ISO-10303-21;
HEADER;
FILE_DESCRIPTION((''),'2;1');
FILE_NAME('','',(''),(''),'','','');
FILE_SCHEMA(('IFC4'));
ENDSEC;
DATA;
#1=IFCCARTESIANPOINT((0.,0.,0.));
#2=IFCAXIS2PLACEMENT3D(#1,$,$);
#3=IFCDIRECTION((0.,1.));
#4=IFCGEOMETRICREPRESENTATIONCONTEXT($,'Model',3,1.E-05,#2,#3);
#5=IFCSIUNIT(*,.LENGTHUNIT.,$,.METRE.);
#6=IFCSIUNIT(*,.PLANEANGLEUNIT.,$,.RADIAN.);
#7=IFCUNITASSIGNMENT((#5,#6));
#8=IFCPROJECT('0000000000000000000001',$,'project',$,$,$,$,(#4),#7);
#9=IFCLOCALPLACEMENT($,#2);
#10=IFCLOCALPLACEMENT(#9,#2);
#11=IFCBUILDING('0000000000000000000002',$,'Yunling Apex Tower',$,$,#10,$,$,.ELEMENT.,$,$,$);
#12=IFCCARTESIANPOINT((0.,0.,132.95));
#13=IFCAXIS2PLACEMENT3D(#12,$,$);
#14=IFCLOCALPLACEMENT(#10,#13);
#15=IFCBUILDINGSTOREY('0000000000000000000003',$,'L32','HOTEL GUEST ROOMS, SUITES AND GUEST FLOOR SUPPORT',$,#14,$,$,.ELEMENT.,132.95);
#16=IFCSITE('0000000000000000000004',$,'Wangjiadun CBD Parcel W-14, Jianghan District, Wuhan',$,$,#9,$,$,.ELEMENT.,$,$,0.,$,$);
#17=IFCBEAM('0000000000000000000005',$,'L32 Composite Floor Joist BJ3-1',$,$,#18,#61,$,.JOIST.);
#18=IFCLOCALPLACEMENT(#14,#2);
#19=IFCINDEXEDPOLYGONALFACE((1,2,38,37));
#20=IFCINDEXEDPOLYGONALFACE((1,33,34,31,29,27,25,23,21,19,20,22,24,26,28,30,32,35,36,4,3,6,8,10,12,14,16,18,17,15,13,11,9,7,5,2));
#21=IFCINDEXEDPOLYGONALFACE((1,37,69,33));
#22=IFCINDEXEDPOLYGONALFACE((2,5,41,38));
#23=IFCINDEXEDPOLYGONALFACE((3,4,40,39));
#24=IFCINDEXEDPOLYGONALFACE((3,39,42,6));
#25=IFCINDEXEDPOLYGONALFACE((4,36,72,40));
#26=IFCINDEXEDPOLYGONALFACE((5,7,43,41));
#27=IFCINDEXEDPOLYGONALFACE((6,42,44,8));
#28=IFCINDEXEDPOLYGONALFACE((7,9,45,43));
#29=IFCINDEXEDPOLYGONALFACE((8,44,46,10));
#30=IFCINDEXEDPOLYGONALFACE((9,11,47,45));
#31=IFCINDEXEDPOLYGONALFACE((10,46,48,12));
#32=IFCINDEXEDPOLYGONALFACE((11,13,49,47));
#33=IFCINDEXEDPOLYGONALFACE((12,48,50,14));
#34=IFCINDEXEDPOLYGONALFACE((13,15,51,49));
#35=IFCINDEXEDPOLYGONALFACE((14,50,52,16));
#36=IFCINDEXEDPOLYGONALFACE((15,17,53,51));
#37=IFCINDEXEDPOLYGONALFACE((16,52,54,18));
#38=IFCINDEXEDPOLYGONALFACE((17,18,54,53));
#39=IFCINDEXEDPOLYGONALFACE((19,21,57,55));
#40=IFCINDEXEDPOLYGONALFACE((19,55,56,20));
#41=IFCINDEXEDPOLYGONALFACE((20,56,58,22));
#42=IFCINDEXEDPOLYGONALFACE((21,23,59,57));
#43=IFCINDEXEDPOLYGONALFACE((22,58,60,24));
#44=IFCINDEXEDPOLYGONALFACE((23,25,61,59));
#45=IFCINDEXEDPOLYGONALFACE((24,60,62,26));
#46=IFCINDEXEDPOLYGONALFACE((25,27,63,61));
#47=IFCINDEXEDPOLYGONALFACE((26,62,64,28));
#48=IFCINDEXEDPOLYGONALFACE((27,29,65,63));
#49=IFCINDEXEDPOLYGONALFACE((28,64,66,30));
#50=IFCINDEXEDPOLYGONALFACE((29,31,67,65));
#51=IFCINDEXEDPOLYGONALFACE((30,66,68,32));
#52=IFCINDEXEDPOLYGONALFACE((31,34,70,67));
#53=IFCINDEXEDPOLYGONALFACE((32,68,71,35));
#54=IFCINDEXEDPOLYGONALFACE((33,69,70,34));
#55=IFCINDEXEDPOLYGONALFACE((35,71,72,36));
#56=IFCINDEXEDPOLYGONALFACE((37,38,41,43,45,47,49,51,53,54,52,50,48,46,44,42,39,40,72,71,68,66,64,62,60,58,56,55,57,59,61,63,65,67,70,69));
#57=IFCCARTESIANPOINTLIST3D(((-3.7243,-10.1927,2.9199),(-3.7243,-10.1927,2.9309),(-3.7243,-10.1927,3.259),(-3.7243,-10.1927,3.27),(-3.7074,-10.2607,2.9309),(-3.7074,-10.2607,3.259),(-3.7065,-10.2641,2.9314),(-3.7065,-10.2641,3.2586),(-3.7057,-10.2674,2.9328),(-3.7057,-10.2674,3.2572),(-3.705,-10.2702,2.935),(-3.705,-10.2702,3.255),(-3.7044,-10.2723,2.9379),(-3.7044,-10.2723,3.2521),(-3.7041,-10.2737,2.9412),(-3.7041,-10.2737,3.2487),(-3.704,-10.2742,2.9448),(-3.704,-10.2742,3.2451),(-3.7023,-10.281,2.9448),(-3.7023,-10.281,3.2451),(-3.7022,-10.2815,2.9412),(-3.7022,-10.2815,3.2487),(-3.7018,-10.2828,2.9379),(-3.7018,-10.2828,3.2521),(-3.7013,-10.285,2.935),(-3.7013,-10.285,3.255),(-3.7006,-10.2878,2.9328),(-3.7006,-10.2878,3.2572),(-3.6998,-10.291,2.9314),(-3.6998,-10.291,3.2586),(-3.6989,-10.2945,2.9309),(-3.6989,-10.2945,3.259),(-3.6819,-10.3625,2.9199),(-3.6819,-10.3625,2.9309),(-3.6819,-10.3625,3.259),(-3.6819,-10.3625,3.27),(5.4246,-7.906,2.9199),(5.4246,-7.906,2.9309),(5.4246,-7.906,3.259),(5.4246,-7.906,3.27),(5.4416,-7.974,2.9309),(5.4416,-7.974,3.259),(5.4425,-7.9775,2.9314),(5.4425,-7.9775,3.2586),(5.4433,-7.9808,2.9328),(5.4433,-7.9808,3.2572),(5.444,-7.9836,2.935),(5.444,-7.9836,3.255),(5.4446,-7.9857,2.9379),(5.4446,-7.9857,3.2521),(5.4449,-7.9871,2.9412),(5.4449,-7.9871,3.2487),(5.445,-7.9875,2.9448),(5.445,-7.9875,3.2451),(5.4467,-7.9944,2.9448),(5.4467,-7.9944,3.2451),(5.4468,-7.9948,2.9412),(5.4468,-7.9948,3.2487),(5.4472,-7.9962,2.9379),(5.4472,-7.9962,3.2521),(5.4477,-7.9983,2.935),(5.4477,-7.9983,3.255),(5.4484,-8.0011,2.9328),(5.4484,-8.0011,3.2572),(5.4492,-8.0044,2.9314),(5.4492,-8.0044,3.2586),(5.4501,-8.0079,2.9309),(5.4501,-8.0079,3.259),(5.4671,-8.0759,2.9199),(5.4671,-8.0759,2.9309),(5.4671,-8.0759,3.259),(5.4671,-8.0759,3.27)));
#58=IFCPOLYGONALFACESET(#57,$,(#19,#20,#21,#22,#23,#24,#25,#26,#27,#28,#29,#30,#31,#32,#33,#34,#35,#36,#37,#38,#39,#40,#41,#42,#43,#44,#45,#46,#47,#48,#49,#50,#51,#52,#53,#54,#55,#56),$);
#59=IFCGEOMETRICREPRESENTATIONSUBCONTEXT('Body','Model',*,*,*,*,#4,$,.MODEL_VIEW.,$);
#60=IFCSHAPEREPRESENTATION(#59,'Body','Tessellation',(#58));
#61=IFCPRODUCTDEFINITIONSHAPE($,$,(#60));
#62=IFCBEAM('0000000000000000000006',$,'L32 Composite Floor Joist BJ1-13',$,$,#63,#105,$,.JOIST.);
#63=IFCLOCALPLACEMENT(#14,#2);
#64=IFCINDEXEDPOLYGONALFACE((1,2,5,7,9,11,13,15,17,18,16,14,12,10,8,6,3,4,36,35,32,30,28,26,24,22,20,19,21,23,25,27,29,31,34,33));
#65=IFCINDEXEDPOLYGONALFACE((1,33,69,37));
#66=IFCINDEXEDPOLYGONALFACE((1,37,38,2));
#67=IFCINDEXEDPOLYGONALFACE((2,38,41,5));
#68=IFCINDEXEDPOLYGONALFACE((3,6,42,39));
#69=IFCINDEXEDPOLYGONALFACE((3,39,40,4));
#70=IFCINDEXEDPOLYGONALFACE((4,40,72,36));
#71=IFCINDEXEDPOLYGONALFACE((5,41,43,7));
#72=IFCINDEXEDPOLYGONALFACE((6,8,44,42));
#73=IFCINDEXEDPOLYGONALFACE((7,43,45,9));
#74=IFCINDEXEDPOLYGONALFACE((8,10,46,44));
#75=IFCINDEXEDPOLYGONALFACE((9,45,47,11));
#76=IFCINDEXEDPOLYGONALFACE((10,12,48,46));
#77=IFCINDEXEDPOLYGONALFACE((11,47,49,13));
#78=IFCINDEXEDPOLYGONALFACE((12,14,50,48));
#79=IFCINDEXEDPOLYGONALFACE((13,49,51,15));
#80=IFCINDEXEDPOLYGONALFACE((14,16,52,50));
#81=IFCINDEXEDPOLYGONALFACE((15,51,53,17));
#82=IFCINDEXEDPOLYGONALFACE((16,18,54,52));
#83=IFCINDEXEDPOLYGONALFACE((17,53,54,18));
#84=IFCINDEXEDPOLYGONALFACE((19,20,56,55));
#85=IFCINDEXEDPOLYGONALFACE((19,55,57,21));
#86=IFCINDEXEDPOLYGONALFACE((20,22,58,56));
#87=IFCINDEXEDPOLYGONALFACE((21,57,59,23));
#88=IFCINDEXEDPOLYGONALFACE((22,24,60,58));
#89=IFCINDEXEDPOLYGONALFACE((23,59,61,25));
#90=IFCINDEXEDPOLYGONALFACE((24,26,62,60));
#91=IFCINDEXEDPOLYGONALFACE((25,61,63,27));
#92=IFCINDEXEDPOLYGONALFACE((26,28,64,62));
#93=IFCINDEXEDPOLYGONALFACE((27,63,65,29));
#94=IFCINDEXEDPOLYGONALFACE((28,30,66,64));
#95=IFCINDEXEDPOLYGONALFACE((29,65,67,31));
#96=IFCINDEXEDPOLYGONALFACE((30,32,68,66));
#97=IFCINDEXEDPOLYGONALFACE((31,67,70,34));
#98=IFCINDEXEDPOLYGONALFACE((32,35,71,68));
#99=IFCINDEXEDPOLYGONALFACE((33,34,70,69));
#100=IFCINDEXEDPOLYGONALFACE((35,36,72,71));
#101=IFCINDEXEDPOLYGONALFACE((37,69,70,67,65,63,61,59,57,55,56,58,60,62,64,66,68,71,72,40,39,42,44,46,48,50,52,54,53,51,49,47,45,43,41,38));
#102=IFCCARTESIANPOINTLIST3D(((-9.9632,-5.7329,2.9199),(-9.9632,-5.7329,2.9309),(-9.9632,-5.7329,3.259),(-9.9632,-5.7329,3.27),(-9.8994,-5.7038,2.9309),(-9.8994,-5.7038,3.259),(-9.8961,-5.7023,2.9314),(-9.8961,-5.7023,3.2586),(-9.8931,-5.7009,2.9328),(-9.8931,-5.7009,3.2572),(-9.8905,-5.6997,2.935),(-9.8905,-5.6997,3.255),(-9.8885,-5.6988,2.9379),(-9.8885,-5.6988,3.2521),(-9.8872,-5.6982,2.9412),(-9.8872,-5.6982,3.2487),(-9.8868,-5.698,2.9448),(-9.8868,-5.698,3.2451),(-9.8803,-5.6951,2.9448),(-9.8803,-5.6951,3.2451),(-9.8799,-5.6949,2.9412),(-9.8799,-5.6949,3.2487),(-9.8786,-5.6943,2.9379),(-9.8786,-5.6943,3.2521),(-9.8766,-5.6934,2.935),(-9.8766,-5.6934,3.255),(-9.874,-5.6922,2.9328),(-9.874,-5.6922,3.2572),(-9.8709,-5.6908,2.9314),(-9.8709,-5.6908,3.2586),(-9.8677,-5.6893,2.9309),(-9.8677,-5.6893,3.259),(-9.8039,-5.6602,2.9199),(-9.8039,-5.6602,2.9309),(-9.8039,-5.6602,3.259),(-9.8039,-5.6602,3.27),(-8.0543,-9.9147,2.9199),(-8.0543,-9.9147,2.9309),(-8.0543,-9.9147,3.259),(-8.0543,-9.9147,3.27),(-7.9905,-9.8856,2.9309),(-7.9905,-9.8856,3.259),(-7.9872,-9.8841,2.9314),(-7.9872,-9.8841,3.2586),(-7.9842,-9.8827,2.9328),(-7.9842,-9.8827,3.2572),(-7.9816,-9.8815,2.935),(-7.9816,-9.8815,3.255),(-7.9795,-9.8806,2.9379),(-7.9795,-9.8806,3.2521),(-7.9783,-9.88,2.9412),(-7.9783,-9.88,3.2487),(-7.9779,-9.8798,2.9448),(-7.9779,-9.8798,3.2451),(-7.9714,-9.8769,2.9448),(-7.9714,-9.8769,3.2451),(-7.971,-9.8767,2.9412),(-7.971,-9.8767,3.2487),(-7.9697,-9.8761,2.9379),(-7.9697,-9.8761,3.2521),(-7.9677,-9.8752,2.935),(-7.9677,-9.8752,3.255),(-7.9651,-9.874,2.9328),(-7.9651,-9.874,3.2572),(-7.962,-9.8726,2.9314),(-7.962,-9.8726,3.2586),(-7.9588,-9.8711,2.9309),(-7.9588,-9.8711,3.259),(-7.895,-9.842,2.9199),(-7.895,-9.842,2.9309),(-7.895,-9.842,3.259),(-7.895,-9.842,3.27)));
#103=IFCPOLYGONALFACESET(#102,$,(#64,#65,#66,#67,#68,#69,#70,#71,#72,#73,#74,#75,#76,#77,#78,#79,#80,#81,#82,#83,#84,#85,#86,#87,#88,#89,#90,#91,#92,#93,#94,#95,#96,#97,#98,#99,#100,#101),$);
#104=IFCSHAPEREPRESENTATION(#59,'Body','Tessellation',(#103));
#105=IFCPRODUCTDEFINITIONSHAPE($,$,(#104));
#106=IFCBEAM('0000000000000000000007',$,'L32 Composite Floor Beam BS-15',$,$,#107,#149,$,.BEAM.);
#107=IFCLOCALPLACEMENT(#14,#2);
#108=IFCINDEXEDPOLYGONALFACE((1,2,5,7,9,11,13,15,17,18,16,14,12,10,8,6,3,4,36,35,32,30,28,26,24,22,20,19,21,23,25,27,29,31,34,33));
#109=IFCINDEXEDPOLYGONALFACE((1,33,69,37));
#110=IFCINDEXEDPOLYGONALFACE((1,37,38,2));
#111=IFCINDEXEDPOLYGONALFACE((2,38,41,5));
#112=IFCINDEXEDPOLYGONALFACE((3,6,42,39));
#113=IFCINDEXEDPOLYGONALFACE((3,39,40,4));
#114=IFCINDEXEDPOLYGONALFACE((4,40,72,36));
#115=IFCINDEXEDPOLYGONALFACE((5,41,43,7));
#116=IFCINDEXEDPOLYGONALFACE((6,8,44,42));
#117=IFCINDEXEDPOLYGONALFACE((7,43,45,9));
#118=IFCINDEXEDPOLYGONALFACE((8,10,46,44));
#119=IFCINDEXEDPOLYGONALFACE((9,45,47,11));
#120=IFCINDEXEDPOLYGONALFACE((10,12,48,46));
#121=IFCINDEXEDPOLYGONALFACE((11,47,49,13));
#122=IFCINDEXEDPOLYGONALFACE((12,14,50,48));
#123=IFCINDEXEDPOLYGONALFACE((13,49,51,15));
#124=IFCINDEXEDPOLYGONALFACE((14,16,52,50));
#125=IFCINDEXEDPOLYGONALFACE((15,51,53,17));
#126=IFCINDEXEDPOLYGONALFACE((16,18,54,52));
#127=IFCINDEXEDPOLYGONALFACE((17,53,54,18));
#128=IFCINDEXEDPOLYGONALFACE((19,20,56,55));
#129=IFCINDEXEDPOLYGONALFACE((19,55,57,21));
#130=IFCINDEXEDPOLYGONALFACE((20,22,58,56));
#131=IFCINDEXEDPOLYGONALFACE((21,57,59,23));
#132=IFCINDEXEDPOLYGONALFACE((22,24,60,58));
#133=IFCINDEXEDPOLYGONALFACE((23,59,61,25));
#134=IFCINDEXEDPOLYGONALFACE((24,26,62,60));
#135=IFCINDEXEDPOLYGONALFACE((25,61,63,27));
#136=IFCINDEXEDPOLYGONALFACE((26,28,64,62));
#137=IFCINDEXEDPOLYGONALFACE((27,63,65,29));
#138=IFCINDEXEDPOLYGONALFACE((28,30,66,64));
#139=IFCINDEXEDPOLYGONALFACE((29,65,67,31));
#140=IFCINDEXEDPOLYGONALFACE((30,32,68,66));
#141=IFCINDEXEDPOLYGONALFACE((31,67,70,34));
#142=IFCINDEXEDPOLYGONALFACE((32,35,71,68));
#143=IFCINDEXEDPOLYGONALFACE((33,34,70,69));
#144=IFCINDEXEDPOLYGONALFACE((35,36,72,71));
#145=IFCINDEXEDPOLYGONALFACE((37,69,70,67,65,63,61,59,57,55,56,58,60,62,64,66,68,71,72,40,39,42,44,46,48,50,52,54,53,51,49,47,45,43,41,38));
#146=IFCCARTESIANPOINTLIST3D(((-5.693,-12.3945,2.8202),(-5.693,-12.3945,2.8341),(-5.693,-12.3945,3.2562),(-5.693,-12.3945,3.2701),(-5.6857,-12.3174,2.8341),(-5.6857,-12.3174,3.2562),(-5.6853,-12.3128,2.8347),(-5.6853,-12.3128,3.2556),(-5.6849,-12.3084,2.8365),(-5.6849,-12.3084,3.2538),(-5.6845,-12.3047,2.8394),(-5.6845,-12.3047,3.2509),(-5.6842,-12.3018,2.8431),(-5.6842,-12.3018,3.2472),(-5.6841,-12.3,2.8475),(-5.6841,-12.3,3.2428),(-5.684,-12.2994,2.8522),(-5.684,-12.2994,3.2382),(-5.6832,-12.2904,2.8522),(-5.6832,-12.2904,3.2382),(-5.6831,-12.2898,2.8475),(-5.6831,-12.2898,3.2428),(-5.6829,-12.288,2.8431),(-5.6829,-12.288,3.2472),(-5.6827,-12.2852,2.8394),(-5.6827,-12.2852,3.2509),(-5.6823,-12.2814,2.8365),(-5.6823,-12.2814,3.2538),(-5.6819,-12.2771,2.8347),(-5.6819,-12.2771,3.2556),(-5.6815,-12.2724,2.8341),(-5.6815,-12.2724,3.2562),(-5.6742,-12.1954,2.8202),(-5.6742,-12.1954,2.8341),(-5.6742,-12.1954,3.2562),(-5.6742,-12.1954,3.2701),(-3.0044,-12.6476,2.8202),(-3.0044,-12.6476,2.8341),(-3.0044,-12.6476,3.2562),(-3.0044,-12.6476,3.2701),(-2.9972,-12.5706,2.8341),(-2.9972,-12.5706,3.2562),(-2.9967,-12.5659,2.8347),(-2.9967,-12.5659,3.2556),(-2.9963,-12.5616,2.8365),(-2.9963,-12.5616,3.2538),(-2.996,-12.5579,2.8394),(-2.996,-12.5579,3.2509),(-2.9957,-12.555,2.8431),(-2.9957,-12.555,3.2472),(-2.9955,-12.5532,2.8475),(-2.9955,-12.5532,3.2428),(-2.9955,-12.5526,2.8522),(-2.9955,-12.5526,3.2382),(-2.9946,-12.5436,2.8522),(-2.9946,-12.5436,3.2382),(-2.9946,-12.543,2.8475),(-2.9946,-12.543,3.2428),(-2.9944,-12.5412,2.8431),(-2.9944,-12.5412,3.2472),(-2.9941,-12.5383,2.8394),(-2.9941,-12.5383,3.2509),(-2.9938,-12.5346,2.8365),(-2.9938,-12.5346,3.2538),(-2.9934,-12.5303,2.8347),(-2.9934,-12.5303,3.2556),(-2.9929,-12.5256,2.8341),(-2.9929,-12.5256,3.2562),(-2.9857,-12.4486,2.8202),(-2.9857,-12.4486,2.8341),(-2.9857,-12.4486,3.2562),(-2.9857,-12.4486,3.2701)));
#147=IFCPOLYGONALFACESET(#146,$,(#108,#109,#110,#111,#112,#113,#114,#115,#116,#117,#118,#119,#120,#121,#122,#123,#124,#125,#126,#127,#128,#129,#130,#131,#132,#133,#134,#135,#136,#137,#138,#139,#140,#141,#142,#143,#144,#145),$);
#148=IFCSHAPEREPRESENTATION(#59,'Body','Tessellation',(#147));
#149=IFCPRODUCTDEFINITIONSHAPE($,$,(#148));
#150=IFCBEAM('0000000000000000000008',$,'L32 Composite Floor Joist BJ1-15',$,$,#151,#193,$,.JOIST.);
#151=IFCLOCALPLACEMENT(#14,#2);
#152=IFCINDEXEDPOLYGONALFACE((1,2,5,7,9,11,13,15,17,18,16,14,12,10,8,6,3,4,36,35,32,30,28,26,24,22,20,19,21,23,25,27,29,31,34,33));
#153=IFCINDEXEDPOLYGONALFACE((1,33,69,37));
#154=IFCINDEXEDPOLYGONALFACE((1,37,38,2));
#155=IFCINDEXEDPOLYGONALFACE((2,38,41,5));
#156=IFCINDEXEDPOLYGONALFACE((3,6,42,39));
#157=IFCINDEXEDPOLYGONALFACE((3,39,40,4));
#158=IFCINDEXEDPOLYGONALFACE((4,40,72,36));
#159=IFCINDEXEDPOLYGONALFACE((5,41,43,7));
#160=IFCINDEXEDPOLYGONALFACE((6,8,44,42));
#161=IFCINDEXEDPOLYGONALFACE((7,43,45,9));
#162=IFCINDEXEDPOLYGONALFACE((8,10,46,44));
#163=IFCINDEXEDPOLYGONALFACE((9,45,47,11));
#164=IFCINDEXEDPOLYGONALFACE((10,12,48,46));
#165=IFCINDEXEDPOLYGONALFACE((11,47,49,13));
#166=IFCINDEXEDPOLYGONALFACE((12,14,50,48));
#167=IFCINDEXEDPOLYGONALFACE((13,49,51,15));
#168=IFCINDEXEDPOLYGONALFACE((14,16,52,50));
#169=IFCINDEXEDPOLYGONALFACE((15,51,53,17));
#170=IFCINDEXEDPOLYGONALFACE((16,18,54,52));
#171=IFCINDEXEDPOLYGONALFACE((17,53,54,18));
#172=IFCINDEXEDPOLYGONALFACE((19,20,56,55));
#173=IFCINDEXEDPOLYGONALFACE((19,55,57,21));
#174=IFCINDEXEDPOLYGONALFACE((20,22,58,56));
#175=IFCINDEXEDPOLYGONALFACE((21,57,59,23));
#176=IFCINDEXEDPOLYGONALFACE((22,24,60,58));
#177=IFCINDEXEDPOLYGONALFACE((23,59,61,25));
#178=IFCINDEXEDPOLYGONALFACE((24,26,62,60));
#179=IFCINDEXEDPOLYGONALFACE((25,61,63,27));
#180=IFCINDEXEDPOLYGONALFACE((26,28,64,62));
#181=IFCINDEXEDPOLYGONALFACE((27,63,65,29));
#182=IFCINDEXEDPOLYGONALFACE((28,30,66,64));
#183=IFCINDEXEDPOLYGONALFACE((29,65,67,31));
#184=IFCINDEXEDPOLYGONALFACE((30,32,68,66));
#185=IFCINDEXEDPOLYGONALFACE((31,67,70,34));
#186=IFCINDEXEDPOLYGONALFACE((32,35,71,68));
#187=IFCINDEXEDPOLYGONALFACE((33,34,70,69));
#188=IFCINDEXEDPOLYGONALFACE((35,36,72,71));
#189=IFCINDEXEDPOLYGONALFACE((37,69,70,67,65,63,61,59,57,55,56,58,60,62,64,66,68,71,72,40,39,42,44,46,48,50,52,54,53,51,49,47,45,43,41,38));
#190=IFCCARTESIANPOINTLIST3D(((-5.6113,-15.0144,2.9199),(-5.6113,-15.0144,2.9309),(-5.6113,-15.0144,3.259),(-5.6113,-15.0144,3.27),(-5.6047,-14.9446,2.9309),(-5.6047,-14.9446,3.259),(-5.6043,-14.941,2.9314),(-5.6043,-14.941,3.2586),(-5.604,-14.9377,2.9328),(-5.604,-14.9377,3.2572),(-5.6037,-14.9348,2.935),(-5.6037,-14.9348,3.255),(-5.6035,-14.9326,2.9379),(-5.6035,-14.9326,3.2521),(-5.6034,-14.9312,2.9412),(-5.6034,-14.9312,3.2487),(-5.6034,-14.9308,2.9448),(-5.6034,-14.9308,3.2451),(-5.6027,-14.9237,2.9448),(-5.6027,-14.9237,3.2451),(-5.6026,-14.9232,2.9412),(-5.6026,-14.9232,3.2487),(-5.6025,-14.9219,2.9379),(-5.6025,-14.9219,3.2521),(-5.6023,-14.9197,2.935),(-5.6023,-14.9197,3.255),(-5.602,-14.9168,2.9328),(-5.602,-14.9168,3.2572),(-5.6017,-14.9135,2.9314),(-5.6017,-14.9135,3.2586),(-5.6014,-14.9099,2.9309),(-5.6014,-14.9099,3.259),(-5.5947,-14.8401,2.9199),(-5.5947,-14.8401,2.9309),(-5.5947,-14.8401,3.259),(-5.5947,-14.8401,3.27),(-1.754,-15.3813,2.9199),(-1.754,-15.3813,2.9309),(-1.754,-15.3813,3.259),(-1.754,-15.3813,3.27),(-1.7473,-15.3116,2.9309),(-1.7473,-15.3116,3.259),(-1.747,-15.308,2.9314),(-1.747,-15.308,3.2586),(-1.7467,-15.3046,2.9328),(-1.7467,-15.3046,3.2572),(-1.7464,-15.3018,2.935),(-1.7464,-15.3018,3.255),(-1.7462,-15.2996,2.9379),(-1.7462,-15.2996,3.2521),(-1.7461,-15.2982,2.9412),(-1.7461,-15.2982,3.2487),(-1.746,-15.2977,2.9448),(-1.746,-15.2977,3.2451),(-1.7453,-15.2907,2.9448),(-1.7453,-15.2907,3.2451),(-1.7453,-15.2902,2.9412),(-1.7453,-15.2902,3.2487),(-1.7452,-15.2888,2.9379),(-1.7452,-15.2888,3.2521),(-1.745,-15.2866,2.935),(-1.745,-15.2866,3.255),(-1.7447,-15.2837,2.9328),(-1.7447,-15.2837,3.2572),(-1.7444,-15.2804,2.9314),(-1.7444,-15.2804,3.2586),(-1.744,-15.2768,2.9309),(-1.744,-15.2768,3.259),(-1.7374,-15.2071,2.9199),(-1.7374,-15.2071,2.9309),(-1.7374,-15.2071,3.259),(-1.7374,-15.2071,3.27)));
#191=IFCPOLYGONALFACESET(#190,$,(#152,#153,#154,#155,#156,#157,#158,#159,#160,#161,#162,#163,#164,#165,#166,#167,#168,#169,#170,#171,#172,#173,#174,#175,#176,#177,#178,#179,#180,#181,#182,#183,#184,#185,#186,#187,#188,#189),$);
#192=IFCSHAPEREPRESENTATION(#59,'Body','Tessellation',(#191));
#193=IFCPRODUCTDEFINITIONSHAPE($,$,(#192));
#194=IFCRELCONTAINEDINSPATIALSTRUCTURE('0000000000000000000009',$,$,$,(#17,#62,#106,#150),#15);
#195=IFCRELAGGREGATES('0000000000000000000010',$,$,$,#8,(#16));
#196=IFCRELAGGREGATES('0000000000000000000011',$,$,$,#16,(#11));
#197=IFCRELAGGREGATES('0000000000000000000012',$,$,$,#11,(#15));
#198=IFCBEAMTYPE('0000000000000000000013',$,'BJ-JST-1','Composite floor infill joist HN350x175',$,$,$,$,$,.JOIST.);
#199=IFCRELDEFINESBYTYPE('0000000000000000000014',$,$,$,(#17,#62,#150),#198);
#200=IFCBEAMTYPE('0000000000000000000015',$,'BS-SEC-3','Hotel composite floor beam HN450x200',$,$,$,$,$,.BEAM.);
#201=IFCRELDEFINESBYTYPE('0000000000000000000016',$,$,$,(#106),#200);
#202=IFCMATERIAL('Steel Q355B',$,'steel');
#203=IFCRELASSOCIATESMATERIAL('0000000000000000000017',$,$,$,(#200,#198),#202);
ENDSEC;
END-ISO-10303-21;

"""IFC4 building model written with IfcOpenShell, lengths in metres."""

from ifc_helpers import new_model, si_unit, direction, frame, origin, origin_2d, place, context, subcontext, project, spatial, i_section, extrude, source, transform, mapped, material, material_profile, profile_set, type_object, element, save


model = new_model("IFC4")

# Units and contexts
model_context = context("Model", 3, precision=1e-05, world=origin(), true_north=direction((0.0, 1.0)))
body_context = subcontext(model_context, "Body", "Model", "MODEL_VIEW")
ifc_project = project(units=[si_unit("LENGTHUNIT", "METRE"), si_unit("PLANEANGLEUNIT", "RADIAN")], contexts=[model_context])

# Site, building, storey
site_placement = place(None, origin())
site = spatial("IfcSite", under=ifc_project, at=site_placement, Name="Wangjiadun CBD Parcel W-14, Jianghan District, Wuhan", CompositionType="ELEMENT", RefElevation=0.0)
building_placement = place(site_placement, origin())
building = spatial("IfcBuilding", under=site, at=building_placement, Name="Yunling Apex Tower", CompositionType="ELEMENT")
storey_placement = place(building_placement, frame((0.0, 0.0, 132.95)))
storey = spatial("IfcBuildingStorey", under=building, at=storey_placement, Name="L32", Description="HOTEL GUEST ROOMS, SUITES AND GUEST FLOOR SUPPORT", CompositionType="ELEMENT", Elevation=132.95)

# Beams
ifc_material_1 = material(Name="Steel Q355B", Category="steel")
ifc_material_profile_1 = material_profile(ifc_material_1, i_section(OverallWidth=0.2, OverallDepth=0.45, WebThickness=0.009, FlangeThickness=0.0139, FilletRadius=0.0181, at=origin_2d()))
ifc_profile_set_1 = profile_set([ifc_material_profile_1], Name="Steel Q355B")
beam_type_1 = type_object("IfcBeamType", Name="BS-SEC-3", Description="Hotel composite floor beam HN450x200", PredefinedType="BEAM", material=ifc_profile_set_1)
ifc_material_profile_2 = material_profile(ifc_material_1, i_section(OverallWidth=0.175, OverallDepth=0.3501, WebThickness=0.0071, FlangeThickness=0.011, FilletRadius=0.0139, at=origin_2d()))
ifc_profile_set_2 = profile_set([ifc_material_profile_2], Name="Steel Q355B")
beam_type_2 = type_object("IfcBeamType", Name="BJ-JST-1", Description="Composite floor infill joist HN350x175", PredefinedType="JOIST", material=ifc_profile_set_2)
shared_shape_1 = source(origin(), body_context, "Body", "SweptSolid", [
    extrude(i_section(OverallWidth=0.175, OverallDepth=0.3501, WebThickness=0.0071, FlangeThickness=0.011, FilletRadius=0.0139, at=origin_2d()), origin(), (0.0, 0.0, 1.0), 9.4304),
])
beam_1_placement = place(storey_placement, frame((-3.7031, -10.2776, 3.095), z_axis=(0.970158, 0.242475, 0.0), x_axis=(-0.242475, 0.970158, 0.0)))
element("IfcBeam", 1, at=beam_1_placement, inside=storey, type_object=beam_type_2, Name="L32 Composite Floor Joist BJ3-1", PredefinedType="JOIST", context=body_context, shape_type="MappedRepresentation", body=[
    mapped(shared_shape_1, transform((0.0, 0.0, 0.0), scale=1.0)),
])
shared_shape_2 = source(origin(), body_context, "Body", "SweptSolid", [
    extrude(i_section(OverallWidth=0.175, OverallDepth=0.3501, WebThickness=0.0071, FlangeThickness=0.011, FilletRadius=0.0139, at=origin_2d()), origin(), (0.0, 0.0, 1.0), 4.5969),
])
beam_2_placement = place(storey_placement, frame((-9.8835, -5.6965, 3.095), z_axis=(0.415259, -0.909703, 0.0), x_axis=(0.909703, 0.415259, 0.0)))
element("IfcBeam", 2, at=beam_2_placement, inside=storey, type_object=beam_type_2, Name="L32 Composite Floor Joist BJ1-13", PredefinedType="JOIST", context=body_context, shape_type="MappedRepresentation", body=[
    mapped(shared_shape_2, transform((0.0, 0.0, 0.0), scale=1.0)),
])
shared_shape_3 = source(origin(), body_context, "Body", "SweptSolid", [
    extrude(i_section(OverallWidth=0.2, OverallDepth=0.45, WebThickness=0.009, FlangeThickness=0.0139, FilletRadius=0.0181, at=origin_2d()), origin(), (0.0, 0.0, 1.0), 2.7004),
])
beam_3_placement = place(storey_placement, frame((-5.6836, -12.2949, 3.0452), z_axis=(0.995595, -0.093755, 0.0), x_axis=(0.093755, 0.995595, 0.0)))
element("IfcBeam", 3, at=beam_3_placement, inside=storey, type_object=beam_type_1, Name="L32 Composite Floor Beam BS-15", PredefinedType="BEAM", context=body_context, shape_type="MappedRepresentation", body=[
    mapped(shared_shape_3, transform((0.0, 0.0, 0.0), scale=1.0)),
])
shared_shape_4 = source(origin(), body_context, "Body", "SweptSolid", [
    extrude(i_section(OverallWidth=0.175, OverallDepth=0.3501, WebThickness=0.0071, FlangeThickness=0.011, FilletRadius=0.0139, at=origin_2d()), origin(), (0.0, 0.0, 1.0), 3.8748),
])
beam_4_placement = place(storey_placement, frame((-5.603, -14.9272, 3.095), z_axis=(0.995506, -0.094699, 0.0), x_axis=(0.094699, 0.995506, 0.0)))
element("IfcBeam", 4, at=beam_4_placement, inside=storey, type_object=beam_type_2, Name="L32 Composite Floor Joist BJ1-15", PredefinedType="JOIST", context=body_context, shape_type="MappedRepresentation", body=[
    mapped(shared_shape_4, transform((0.0, 0.0, 0.0), scale=1.0)),
])

save(model, "model.ifc")
